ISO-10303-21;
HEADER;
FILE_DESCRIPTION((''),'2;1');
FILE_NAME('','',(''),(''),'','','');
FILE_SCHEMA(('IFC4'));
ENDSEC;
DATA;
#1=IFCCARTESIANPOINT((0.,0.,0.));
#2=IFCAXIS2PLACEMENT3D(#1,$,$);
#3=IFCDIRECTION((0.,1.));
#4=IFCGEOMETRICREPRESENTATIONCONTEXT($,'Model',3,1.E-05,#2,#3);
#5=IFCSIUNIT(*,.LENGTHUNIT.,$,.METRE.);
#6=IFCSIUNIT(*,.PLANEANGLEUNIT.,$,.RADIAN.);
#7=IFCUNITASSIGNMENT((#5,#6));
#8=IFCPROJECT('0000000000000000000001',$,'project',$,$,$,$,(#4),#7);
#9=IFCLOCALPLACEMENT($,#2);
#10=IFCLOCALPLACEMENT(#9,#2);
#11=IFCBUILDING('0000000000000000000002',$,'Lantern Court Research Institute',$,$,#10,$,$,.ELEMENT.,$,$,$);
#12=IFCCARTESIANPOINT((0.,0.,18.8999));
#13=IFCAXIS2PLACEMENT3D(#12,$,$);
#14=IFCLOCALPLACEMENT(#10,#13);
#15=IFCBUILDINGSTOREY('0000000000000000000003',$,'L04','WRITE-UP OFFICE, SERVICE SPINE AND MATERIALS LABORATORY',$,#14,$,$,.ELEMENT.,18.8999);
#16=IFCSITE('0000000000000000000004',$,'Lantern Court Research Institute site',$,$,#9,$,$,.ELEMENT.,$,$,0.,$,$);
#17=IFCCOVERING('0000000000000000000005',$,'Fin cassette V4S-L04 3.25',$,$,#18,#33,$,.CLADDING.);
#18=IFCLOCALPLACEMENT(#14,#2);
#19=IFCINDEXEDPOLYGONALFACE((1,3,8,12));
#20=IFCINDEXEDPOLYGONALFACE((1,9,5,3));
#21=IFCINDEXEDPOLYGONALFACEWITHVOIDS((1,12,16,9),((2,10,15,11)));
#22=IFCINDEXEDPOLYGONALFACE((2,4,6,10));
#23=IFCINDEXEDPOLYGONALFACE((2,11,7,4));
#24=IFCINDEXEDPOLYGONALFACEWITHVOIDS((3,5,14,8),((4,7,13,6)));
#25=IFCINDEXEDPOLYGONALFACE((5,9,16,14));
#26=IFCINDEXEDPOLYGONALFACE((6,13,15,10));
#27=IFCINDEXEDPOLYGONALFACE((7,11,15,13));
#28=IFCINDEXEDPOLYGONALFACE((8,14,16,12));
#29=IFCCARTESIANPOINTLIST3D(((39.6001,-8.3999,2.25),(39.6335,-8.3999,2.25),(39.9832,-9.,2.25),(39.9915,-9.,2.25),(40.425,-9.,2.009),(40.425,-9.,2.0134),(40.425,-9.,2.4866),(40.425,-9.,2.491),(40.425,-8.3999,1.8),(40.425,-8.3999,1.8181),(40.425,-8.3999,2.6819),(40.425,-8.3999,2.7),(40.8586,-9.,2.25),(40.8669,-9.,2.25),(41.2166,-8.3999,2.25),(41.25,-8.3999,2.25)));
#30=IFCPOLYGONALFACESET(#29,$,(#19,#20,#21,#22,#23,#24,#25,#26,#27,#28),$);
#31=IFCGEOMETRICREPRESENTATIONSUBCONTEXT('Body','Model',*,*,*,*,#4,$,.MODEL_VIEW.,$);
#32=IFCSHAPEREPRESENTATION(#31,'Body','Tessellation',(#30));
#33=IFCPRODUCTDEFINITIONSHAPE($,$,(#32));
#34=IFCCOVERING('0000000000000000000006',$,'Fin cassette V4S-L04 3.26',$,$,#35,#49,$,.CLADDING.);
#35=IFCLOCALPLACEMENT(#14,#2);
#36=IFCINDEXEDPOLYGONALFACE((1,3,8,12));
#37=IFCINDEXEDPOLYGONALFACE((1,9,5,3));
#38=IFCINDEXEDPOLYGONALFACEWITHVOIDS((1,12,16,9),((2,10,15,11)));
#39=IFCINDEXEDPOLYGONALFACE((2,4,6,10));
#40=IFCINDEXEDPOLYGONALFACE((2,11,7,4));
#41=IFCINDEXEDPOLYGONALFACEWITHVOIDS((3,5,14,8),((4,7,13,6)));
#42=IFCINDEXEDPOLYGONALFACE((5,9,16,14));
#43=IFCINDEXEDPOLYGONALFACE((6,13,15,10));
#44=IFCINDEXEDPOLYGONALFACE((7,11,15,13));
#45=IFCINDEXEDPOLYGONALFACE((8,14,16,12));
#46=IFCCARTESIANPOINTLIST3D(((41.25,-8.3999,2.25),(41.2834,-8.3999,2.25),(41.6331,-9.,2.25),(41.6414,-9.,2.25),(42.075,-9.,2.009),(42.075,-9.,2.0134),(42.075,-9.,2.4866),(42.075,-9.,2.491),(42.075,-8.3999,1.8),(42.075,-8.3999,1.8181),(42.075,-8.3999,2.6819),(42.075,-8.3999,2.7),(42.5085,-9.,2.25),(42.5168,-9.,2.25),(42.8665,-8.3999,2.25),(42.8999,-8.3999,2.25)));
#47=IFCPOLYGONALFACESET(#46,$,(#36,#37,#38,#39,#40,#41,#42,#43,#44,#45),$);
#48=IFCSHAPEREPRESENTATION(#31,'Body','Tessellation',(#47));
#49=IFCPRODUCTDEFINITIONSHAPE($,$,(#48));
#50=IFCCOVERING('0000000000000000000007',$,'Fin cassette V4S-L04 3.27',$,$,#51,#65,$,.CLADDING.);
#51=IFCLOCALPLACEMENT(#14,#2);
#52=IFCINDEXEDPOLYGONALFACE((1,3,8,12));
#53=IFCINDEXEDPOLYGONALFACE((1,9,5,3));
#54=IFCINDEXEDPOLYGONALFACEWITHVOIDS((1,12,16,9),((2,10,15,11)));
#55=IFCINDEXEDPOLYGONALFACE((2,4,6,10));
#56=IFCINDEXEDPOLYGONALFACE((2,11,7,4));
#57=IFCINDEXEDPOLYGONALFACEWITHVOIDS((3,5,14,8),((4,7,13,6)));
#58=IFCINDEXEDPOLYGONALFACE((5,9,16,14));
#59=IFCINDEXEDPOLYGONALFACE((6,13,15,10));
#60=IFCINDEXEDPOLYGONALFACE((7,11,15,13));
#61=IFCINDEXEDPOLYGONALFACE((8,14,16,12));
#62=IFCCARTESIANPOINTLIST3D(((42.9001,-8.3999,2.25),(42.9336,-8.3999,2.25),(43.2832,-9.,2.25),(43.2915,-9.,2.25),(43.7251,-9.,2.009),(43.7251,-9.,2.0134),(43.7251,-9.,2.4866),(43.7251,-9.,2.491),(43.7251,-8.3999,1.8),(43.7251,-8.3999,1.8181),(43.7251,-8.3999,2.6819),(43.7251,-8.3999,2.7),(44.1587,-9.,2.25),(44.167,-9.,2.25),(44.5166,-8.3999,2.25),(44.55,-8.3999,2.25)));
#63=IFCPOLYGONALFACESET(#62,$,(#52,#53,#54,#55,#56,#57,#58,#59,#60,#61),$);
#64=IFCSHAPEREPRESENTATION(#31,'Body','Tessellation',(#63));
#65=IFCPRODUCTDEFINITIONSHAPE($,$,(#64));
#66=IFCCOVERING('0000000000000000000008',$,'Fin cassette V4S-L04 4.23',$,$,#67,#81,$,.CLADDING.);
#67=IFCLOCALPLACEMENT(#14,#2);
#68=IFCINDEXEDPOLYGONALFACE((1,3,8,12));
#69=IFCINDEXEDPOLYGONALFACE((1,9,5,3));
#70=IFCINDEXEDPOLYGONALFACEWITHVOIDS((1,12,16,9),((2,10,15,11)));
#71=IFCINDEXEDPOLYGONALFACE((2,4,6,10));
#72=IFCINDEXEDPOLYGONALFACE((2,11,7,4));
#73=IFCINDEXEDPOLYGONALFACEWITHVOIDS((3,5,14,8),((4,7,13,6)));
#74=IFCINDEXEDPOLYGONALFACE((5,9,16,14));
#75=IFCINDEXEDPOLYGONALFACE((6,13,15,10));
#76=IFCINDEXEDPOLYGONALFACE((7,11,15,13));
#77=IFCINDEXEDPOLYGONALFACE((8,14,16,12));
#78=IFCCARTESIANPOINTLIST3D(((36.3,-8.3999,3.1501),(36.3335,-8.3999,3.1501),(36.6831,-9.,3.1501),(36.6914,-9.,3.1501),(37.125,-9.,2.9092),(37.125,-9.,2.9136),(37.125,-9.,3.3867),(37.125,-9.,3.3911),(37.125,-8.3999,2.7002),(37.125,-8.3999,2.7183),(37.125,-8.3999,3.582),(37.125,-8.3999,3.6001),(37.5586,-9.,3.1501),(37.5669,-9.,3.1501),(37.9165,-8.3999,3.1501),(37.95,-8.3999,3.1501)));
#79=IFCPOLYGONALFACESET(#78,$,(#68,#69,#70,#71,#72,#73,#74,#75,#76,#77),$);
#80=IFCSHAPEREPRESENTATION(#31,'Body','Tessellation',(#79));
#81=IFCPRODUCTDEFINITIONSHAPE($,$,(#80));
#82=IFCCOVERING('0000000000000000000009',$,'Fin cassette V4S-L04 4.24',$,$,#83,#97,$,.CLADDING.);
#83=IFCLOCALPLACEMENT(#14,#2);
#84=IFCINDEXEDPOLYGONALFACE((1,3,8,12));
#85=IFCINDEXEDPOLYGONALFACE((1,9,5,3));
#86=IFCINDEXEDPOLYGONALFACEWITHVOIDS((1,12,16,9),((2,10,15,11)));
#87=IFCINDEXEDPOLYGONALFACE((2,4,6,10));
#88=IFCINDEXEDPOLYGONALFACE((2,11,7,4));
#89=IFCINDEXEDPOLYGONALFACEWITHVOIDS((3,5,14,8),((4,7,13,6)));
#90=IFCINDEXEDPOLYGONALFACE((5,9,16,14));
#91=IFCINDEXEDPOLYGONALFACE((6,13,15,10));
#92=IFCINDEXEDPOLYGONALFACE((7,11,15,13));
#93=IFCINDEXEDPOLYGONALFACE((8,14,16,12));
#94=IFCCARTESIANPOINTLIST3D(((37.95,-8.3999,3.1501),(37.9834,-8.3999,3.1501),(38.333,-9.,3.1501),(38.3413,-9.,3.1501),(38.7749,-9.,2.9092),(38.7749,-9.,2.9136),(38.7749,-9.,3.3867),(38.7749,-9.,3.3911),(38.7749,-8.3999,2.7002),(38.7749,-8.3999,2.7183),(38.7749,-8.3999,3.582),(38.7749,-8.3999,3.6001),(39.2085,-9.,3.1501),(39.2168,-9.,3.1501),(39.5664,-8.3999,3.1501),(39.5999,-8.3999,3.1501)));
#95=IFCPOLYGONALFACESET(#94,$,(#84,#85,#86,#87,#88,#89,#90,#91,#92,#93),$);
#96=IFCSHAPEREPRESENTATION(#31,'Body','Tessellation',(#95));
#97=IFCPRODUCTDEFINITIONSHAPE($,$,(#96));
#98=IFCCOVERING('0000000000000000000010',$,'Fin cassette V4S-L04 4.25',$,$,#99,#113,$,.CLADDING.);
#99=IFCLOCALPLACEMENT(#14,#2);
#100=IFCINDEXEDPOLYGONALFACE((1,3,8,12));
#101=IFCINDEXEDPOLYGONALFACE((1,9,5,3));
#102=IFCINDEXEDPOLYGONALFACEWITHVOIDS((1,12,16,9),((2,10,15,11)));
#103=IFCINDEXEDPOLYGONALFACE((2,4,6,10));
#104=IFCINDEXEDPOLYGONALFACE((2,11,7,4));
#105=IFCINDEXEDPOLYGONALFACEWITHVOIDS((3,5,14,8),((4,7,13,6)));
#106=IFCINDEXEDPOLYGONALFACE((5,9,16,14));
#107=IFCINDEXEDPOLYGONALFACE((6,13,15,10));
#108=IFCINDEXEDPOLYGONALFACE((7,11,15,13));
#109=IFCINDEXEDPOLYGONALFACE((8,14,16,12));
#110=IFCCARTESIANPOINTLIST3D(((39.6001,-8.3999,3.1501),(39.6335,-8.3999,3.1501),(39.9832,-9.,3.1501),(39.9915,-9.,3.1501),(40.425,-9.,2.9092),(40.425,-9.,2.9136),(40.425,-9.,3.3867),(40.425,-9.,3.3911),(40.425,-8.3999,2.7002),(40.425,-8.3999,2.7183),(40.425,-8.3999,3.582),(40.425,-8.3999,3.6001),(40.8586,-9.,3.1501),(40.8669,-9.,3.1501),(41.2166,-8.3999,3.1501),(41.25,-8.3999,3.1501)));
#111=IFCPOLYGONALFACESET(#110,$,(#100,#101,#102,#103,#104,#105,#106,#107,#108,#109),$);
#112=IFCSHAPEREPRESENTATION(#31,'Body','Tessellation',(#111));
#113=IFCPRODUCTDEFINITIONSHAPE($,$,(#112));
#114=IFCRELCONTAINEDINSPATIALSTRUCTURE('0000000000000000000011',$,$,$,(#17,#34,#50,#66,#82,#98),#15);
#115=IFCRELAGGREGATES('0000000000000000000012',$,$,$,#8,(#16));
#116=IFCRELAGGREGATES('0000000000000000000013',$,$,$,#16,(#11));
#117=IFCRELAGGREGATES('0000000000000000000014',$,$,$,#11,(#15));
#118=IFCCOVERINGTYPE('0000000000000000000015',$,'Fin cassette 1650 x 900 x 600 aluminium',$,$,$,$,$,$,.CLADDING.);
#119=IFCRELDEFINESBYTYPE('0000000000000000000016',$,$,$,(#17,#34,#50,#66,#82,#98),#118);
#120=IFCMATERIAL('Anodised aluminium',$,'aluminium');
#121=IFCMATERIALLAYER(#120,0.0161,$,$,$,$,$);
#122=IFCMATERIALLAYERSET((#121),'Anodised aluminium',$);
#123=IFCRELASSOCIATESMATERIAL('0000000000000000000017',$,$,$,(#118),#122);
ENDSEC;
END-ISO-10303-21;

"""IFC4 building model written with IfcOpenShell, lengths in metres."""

from ifc_helpers import new_model, entity, si_unit, direction, frame, origin, place, context, subcontext, project, spatial, material, layer, layer_set, type_object, element, save


model = new_model("IFC4")

# Units and contexts
model_context = context("Model", 3, precision=1e-05, world=origin(), true_north=direction((0.0, 1.0)))
body_context = subcontext(model_context, "Body", "Model", "MODEL_VIEW")
ifc_project = project(units=[si_unit("LENGTHUNIT", "METRE"), si_unit("PLANEANGLEUNIT", "RADIAN")], contexts=[model_context])

# Site, building, storey
site_placement = place(None, origin())
site = spatial("IfcSite", under=ifc_project, at=site_placement, Name="Lantern Court Research Institute site", CompositionType="ELEMENT", RefElevation=0.0)
building_placement = place(site_placement, origin())
building = spatial("IfcBuilding", under=site, at=building_placement, Name="Lantern Court Research Institute", CompositionType="ELEMENT")
storey_placement = place(building_placement, frame((0.0, 0.0, 18.8999)))
storey = spatial("IfcBuildingStorey", under=building, at=storey_placement, Name="L04", Description="WRITE-UP OFFICE, SERVICE SPINE AND MATERIALS LABORATORY", CompositionType="ELEMENT", Elevation=18.8999)

# Coverings
ifc_material_1 = material(Name="Anodised aluminium", Category="aluminium")
ifc_layer_1 = layer(ifc_material_1, 0.0161)
ifc_layer_set_1 = layer_set([ifc_layer_1], Name="Anodised aluminium")
covering_type = type_object("IfcCoveringType", Name="Fin cassette 1650 x 900 x 600 aluminium", PredefinedType="CLADDING", material=ifc_layer_set_1)
covering_1_placement = place(storey_placement, frame((40.425, -8.3999, 2.25), z_axis=(0.0, -1.0, 0.0), x_axis=(1.0, 0.0, 0.0)))
cartesian_point_1 = entity("IfcCartesianPoint", [0.825, 0.0])
cartesian_point_2 = entity("IfcCartesianPoint", [0.7915, 0.0])
cartesian_point_3 = entity("IfcCartesianPoint", [0.4419, 0.0])
cartesian_point_4 = entity("IfcCartesianPoint", [0.4336, 0.0])
element("IfcCovering", 1, at=covering_1_placement, inside=storey, type_object=covering_type, Name="Fin cassette V4S-L04 3.25", PredefinedType="CLADDING", context=body_context, shape_type="SweptSolid", body=[
    entity("IfcExtrudedAreaSolidTapered", entity("IfcArbitraryProfileDefWithVoids", "AREA", None, entity("IfcPolyline", [cartesian_point_1, entity("IfcCartesianPoint", [0.0, 0.45]), entity("IfcCartesianPoint", [-0.825, 0.0]), entity("IfcCartesianPoint", [0.0, -0.45]), cartesian_point_1]), [entity("IfcPolyline", [cartesian_point_2, entity("IfcCartesianPoint", [0.0, 0.4319]), entity("IfcCartesianPoint", [-0.7915, 0.0]), entity("IfcCartesianPoint", [0.0, -0.4319]), cartesian_point_2])]), entity("IfcAxis2Placement3D", entity("IfcCartesianPoint", [0.0, 0.0, 0.0])), entity("IfcDirection", [0.0, 0.0, 1.0]), 0.6001, entity("IfcArbitraryProfileDefWithVoids", "AREA", None, entity("IfcPolyline", [cartesian_point_3, entity("IfcCartesianPoint", [0.0, 0.241]), entity("IfcCartesianPoint", [-0.4419, 0.0]), entity("IfcCartesianPoint", [0.0, -0.241]), cartesian_point_3]), [entity("IfcPolyline", [cartesian_point_4, entity("IfcCartesianPoint", [0.0, 0.2366]), entity("IfcCartesianPoint", [-0.4336, 0.0]), entity("IfcCartesianPoint", [0.0, -0.2366]), cartesian_point_4])])),
])
covering_2_placement = place(storey_placement, frame((42.075, -8.3999, 2.25), z_axis=(0.0, -1.0, 0.0), x_axis=(1.0, 0.0, 0.0)))
cartesian_point_5 = entity("IfcCartesianPoint", [0.825, 0.0])
cartesian_point_6 = entity("IfcCartesianPoint", [0.7915, 0.0])
cartesian_point_7 = entity("IfcCartesianPoint", [0.4419, 0.0])
cartesian_point_8 = entity("IfcCartesianPoint", [0.4336, 0.0])
element("IfcCovering", 2, at=covering_2_placement, inside=storey, type_object=covering_type, Name="Fin cassette V4S-L04 3.26", PredefinedType="CLADDING", context=body_context, shape_type="SweptSolid", body=[
    entity("IfcExtrudedAreaSolidTapered", entity("IfcArbitraryProfileDefWithVoids", "AREA", None, entity("IfcPolyline", [cartesian_point_5, entity("IfcCartesianPoint", [0.0, 0.45]), entity("IfcCartesianPoint", [-0.825, 0.0]), entity("IfcCartesianPoint", [0.0, -0.45]), cartesian_point_5]), [entity("IfcPolyline", [cartesian_point_6, entity("IfcCartesianPoint", [0.0, 0.4319]), entity("IfcCartesianPoint", [-0.7915, 0.0]), entity("IfcCartesianPoint", [0.0, -0.4319]), cartesian_point_6])]), entity("IfcAxis2Placement3D", entity("IfcCartesianPoint", [0.0, 0.0, 0.0])), entity("IfcDirection", [0.0, 0.0, 1.0]), 0.6001, entity("IfcArbitraryProfileDefWithVoids", "AREA", None, entity("IfcPolyline", [cartesian_point_7, entity("IfcCartesianPoint", [0.0, 0.241]), entity("IfcCartesianPoint", [-0.4419, 0.0]), entity("IfcCartesianPoint", [0.0, -0.241]), cartesian_point_7]), [entity("IfcPolyline", [cartesian_point_8, entity("IfcCartesianPoint", [0.0, 0.2366]), entity("IfcCartesianPoint", [-0.4336, 0.0]), entity("IfcCartesianPoint", [0.0, -0.2366]), cartesian_point_8])])),
])
covering_3_placement = place(storey_placement, frame((43.7251, -8.3999, 2.25), z_axis=(0.0, -1.0, 0.0), x_axis=(1.0, 0.0, 0.0)))
cartesian_point_9 = entity("IfcCartesianPoint", [0.825, 0.0])
cartesian_point_10 = entity("IfcCartesianPoint", [0.7915, 0.0])
cartesian_point_11 = entity("IfcCartesianPoint", [0.4419, 0.0])
cartesian_point_12 = entity("IfcCartesianPoint", [0.4336, 0.0])
element("IfcCovering", 3, at=covering_3_placement, inside=storey, type_object=covering_type, Name="Fin cassette V4S-L04 3.27", PredefinedType="CLADDING", context=body_context, shape_type="SweptSolid", body=[
    entity("IfcExtrudedAreaSolidTapered", entity("IfcArbitraryProfileDefWithVoids", "AREA", None, entity("IfcPolyline", [cartesian_point_9, entity("IfcCartesianPoint", [0.0, 0.45]), entity("IfcCartesianPoint", [-0.825, 0.0]), entity("IfcCartesianPoint", [0.0, -0.45]), cartesian_point_9]), [entity("IfcPolyline", [cartesian_point_10, entity("IfcCartesianPoint", [0.0, 0.4319]), entity("IfcCartesianPoint", [-0.7915, 0.0]), entity("IfcCartesianPoint", [0.0, -0.4319]), cartesian_point_10])]), entity("IfcAxis2Placement3D", entity("IfcCartesianPoint", [0.0, 0.0, 0.0])), entity("IfcDirection", [0.0, 0.0, 1.0]), 0.6001, entity("IfcArbitraryProfileDefWithVoids", "AREA", None, entity("IfcPolyline", [cartesian_point_11, entity("IfcCartesianPoint", [0.0, 0.241]), entity("IfcCartesianPoint", [-0.4419, 0.0]), entity("IfcCartesianPoint", [0.0, -0.241]), cartesian_point_11]), [entity("IfcPolyline", [cartesian_point_12, entity("IfcCartesianPoint", [0.0, 0.2366]), entity("IfcCartesianPoint", [-0.4336, 0.0]), entity("IfcCartesianPoint", [0.0, -0.2366]), cartesian_point_12])])),
])
covering_4_placement = place(storey_placement, frame((37.125, -8.3999, 3.1501), z_axis=(0.0, -1.0, 0.0), x_axis=(1.0, 0.0, 0.0)))
cartesian_point_13 = entity("IfcCartesianPoint", [0.825, 0.0])
cartesian_point_14 = entity("IfcCartesianPoint", [0.7915, 0.0])
cartesian_point_15 = entity("IfcCartesianPoint", [0.4419, 0.0])
cartesian_point_16 = entity("IfcCartesianPoint", [0.4336, 0.0])
element("IfcCovering", 4, at=covering_4_placement, inside=storey, type_object=covering_type, Name="Fin cassette V4S-L04 4.23", PredefinedType="CLADDING", context=body_context, shape_type="SweptSolid", body=[
    entity("IfcExtrudedAreaSolidTapered", entity("IfcArbitraryProfileDefWithVoids", "AREA", None, entity("IfcPolyline", [cartesian_point_13, entity("IfcCartesianPoint", [0.0, 0.45]), entity("IfcCartesianPoint", [-0.825, 0.0]), entity("IfcCartesianPoint", [0.0, -0.45]), cartesian_point_13]), [entity("IfcPolyline", [cartesian_point_14, entity("IfcCartesianPoint", [0.0, 0.4319]), entity("IfcCartesianPoint", [-0.7915, 0.0]), entity("IfcCartesianPoint", [0.0, -0.4319]), cartesian_point_14])]), entity("IfcAxis2Placement3D", entity("IfcCartesianPoint", [0.0, 0.0, 0.0])), entity("IfcDirection", [0.0, 0.0, 1.0]), 0.6001, entity("IfcArbitraryProfileDefWithVoids", "AREA", None, entity("IfcPolyline", [cartesian_point_15, entity("IfcCartesianPoint", [0.0, 0.241]), entity("IfcCartesianPoint", [-0.4419, 0.0]), entity("IfcCartesianPoint", [0.0, -0.241]), cartesian_point_15]), [entity("IfcPolyline", [cartesian_point_16, entity("IfcCartesianPoint", [0.0, 0.2366]), entity("IfcCartesianPoint", [-0.4336, 0.0]), entity("IfcCartesianPoint", [0.0, -0.2366]), cartesian_point_16])])),
])
covering_5_placement = place(storey_placement, frame((38.7749, -8.3999, 3.1501), z_axis=(0.0, -1.0, 0.0), x_axis=(1.0, 0.0, 0.0)))
cartesian_point_17 = entity("IfcCartesianPoint", [0.825, 0.0])
cartesian_point_18 = entity("IfcCartesianPoint", [0.7915, 0.0])
cartesian_point_19 = entity("IfcCartesianPoint", [0.4419, 0.0])
cartesian_point_20 = entity("IfcCartesianPoint", [0.4336, 0.0])
element("IfcCovering", 5, at=covering_5_placement, inside=storey, type_object=covering_type, Name="Fin cassette V4S-L04 4.24", PredefinedType="CLADDING", context=body_context, shape_type="SweptSolid", body=[
    entity("IfcExtrudedAreaSolidTapered", entity("IfcArbitraryProfileDefWithVoids", "AREA", None, entity("IfcPolyline", [cartesian_point_17, entity("IfcCartesianPoint", [0.0, 0.45]), entity("IfcCartesianPoint", [-0.825, 0.0]), entity("IfcCartesianPoint", [0.0, -0.45]), cartesian_point_17]), [entity("IfcPolyline", [cartesian_point_18, entity("IfcCartesianPoint", [0.0, 0.4319]), entity("IfcCartesianPoint", [-0.7915, 0.0]), entity("IfcCartesianPoint", [0.0, -0.4319]), cartesian_point_18])]), entity("IfcAxis2Placement3D", entity("IfcCartesianPoint", [0.0, 0.0, 0.0])), entity("IfcDirection", [0.0, 0.0, 1.0]), 0.6001, entity("IfcArbitraryProfileDefWithVoids", "AREA", None, entity("IfcPolyline", [cartesian_point_19, entity("IfcCartesianPoint", [0.0, 0.241]), entity("IfcCartesianPoint", [-0.4419, 0.0]), entity("IfcCartesianPoint", [0.0, -0.241]), cartesian_point_19]), [entity("IfcPolyline", [cartesian_point_20, entity("IfcCartesianPoint", [0.0, 0.2366]), entity("IfcCartesianPoint", [-0.4336, 0.0]), entity("IfcCartesianPoint", [0.0, -0.2366]), cartesian_point_20])])),
])
covering_6_placement = place(storey_placement, frame((40.425, -8.3999, 3.1501), z_axis=(0.0, -1.0, 0.0), x_axis=(1.0, 0.0, 0.0)))
cartesian_point_21 = entity("IfcCartesianPoint", [0.825, 0.0])
cartesian_point_22 = entity("IfcCartesianPoint", [0.7915, 0.0])
cartesian_point_23 = entity("IfcCartesianPoint", [0.4419, 0.0])
cartesian_point_24 = entity("IfcCartesianPoint", [0.4336, 0.0])
element("IfcCovering", 6, at=covering_6_placement, inside=storey, type_object=covering_type, Name="Fin cassette V4S-L04 4.25", PredefinedType="CLADDING", context=body_context, shape_type="SweptSolid", body=[
    entity("IfcExtrudedAreaSolidTapered", entity("IfcArbitraryProfileDefWithVoids", "AREA", None, entity("IfcPolyline", [cartesian_point_21, entity("IfcCartesianPoint", [0.0, 0.45]), entity("IfcCartesianPoint", [-0.825, 0.0]), entity("IfcCartesianPoint", [0.0, -0.45]), cartesian_point_21]), [entity("IfcPolyline", [cartesian_point_22, entity("IfcCartesianPoint", [0.0, 0.4319]), entity("IfcCartesianPoint", [-0.7915, 0.0]), entity("IfcCartesianPoint", [0.0, -0.4319]), cartesian_point_22])]), entity("IfcAxis2Placement3D", entity("IfcCartesianPoint", [0.0, 0.0, 0.0])), entity("IfcDirection", [0.0, 0.0, 1.0]), 0.6001, entity("IfcArbitraryProfileDefWithVoids", "AREA", None, entity("IfcPolyline", [cartesian_point_23, entity("IfcCartesianPoint", [0.0, 0.241]), entity("IfcCartesianPoint", [-0.4419, 0.0]), entity("IfcCartesianPoint", [0.0, -0.241]), cartesian_point_23]), [entity("IfcPolyline", [cartesian_point_24, entity("IfcCartesianPoint", [0.0, 0.2366]), entity("IfcCartesianPoint", [-0.4336, 0.0]), entity("IfcCartesianPoint", [0.0, -0.2366]), cartesian_point_24])])),
])

save(model, "model.ifc")
